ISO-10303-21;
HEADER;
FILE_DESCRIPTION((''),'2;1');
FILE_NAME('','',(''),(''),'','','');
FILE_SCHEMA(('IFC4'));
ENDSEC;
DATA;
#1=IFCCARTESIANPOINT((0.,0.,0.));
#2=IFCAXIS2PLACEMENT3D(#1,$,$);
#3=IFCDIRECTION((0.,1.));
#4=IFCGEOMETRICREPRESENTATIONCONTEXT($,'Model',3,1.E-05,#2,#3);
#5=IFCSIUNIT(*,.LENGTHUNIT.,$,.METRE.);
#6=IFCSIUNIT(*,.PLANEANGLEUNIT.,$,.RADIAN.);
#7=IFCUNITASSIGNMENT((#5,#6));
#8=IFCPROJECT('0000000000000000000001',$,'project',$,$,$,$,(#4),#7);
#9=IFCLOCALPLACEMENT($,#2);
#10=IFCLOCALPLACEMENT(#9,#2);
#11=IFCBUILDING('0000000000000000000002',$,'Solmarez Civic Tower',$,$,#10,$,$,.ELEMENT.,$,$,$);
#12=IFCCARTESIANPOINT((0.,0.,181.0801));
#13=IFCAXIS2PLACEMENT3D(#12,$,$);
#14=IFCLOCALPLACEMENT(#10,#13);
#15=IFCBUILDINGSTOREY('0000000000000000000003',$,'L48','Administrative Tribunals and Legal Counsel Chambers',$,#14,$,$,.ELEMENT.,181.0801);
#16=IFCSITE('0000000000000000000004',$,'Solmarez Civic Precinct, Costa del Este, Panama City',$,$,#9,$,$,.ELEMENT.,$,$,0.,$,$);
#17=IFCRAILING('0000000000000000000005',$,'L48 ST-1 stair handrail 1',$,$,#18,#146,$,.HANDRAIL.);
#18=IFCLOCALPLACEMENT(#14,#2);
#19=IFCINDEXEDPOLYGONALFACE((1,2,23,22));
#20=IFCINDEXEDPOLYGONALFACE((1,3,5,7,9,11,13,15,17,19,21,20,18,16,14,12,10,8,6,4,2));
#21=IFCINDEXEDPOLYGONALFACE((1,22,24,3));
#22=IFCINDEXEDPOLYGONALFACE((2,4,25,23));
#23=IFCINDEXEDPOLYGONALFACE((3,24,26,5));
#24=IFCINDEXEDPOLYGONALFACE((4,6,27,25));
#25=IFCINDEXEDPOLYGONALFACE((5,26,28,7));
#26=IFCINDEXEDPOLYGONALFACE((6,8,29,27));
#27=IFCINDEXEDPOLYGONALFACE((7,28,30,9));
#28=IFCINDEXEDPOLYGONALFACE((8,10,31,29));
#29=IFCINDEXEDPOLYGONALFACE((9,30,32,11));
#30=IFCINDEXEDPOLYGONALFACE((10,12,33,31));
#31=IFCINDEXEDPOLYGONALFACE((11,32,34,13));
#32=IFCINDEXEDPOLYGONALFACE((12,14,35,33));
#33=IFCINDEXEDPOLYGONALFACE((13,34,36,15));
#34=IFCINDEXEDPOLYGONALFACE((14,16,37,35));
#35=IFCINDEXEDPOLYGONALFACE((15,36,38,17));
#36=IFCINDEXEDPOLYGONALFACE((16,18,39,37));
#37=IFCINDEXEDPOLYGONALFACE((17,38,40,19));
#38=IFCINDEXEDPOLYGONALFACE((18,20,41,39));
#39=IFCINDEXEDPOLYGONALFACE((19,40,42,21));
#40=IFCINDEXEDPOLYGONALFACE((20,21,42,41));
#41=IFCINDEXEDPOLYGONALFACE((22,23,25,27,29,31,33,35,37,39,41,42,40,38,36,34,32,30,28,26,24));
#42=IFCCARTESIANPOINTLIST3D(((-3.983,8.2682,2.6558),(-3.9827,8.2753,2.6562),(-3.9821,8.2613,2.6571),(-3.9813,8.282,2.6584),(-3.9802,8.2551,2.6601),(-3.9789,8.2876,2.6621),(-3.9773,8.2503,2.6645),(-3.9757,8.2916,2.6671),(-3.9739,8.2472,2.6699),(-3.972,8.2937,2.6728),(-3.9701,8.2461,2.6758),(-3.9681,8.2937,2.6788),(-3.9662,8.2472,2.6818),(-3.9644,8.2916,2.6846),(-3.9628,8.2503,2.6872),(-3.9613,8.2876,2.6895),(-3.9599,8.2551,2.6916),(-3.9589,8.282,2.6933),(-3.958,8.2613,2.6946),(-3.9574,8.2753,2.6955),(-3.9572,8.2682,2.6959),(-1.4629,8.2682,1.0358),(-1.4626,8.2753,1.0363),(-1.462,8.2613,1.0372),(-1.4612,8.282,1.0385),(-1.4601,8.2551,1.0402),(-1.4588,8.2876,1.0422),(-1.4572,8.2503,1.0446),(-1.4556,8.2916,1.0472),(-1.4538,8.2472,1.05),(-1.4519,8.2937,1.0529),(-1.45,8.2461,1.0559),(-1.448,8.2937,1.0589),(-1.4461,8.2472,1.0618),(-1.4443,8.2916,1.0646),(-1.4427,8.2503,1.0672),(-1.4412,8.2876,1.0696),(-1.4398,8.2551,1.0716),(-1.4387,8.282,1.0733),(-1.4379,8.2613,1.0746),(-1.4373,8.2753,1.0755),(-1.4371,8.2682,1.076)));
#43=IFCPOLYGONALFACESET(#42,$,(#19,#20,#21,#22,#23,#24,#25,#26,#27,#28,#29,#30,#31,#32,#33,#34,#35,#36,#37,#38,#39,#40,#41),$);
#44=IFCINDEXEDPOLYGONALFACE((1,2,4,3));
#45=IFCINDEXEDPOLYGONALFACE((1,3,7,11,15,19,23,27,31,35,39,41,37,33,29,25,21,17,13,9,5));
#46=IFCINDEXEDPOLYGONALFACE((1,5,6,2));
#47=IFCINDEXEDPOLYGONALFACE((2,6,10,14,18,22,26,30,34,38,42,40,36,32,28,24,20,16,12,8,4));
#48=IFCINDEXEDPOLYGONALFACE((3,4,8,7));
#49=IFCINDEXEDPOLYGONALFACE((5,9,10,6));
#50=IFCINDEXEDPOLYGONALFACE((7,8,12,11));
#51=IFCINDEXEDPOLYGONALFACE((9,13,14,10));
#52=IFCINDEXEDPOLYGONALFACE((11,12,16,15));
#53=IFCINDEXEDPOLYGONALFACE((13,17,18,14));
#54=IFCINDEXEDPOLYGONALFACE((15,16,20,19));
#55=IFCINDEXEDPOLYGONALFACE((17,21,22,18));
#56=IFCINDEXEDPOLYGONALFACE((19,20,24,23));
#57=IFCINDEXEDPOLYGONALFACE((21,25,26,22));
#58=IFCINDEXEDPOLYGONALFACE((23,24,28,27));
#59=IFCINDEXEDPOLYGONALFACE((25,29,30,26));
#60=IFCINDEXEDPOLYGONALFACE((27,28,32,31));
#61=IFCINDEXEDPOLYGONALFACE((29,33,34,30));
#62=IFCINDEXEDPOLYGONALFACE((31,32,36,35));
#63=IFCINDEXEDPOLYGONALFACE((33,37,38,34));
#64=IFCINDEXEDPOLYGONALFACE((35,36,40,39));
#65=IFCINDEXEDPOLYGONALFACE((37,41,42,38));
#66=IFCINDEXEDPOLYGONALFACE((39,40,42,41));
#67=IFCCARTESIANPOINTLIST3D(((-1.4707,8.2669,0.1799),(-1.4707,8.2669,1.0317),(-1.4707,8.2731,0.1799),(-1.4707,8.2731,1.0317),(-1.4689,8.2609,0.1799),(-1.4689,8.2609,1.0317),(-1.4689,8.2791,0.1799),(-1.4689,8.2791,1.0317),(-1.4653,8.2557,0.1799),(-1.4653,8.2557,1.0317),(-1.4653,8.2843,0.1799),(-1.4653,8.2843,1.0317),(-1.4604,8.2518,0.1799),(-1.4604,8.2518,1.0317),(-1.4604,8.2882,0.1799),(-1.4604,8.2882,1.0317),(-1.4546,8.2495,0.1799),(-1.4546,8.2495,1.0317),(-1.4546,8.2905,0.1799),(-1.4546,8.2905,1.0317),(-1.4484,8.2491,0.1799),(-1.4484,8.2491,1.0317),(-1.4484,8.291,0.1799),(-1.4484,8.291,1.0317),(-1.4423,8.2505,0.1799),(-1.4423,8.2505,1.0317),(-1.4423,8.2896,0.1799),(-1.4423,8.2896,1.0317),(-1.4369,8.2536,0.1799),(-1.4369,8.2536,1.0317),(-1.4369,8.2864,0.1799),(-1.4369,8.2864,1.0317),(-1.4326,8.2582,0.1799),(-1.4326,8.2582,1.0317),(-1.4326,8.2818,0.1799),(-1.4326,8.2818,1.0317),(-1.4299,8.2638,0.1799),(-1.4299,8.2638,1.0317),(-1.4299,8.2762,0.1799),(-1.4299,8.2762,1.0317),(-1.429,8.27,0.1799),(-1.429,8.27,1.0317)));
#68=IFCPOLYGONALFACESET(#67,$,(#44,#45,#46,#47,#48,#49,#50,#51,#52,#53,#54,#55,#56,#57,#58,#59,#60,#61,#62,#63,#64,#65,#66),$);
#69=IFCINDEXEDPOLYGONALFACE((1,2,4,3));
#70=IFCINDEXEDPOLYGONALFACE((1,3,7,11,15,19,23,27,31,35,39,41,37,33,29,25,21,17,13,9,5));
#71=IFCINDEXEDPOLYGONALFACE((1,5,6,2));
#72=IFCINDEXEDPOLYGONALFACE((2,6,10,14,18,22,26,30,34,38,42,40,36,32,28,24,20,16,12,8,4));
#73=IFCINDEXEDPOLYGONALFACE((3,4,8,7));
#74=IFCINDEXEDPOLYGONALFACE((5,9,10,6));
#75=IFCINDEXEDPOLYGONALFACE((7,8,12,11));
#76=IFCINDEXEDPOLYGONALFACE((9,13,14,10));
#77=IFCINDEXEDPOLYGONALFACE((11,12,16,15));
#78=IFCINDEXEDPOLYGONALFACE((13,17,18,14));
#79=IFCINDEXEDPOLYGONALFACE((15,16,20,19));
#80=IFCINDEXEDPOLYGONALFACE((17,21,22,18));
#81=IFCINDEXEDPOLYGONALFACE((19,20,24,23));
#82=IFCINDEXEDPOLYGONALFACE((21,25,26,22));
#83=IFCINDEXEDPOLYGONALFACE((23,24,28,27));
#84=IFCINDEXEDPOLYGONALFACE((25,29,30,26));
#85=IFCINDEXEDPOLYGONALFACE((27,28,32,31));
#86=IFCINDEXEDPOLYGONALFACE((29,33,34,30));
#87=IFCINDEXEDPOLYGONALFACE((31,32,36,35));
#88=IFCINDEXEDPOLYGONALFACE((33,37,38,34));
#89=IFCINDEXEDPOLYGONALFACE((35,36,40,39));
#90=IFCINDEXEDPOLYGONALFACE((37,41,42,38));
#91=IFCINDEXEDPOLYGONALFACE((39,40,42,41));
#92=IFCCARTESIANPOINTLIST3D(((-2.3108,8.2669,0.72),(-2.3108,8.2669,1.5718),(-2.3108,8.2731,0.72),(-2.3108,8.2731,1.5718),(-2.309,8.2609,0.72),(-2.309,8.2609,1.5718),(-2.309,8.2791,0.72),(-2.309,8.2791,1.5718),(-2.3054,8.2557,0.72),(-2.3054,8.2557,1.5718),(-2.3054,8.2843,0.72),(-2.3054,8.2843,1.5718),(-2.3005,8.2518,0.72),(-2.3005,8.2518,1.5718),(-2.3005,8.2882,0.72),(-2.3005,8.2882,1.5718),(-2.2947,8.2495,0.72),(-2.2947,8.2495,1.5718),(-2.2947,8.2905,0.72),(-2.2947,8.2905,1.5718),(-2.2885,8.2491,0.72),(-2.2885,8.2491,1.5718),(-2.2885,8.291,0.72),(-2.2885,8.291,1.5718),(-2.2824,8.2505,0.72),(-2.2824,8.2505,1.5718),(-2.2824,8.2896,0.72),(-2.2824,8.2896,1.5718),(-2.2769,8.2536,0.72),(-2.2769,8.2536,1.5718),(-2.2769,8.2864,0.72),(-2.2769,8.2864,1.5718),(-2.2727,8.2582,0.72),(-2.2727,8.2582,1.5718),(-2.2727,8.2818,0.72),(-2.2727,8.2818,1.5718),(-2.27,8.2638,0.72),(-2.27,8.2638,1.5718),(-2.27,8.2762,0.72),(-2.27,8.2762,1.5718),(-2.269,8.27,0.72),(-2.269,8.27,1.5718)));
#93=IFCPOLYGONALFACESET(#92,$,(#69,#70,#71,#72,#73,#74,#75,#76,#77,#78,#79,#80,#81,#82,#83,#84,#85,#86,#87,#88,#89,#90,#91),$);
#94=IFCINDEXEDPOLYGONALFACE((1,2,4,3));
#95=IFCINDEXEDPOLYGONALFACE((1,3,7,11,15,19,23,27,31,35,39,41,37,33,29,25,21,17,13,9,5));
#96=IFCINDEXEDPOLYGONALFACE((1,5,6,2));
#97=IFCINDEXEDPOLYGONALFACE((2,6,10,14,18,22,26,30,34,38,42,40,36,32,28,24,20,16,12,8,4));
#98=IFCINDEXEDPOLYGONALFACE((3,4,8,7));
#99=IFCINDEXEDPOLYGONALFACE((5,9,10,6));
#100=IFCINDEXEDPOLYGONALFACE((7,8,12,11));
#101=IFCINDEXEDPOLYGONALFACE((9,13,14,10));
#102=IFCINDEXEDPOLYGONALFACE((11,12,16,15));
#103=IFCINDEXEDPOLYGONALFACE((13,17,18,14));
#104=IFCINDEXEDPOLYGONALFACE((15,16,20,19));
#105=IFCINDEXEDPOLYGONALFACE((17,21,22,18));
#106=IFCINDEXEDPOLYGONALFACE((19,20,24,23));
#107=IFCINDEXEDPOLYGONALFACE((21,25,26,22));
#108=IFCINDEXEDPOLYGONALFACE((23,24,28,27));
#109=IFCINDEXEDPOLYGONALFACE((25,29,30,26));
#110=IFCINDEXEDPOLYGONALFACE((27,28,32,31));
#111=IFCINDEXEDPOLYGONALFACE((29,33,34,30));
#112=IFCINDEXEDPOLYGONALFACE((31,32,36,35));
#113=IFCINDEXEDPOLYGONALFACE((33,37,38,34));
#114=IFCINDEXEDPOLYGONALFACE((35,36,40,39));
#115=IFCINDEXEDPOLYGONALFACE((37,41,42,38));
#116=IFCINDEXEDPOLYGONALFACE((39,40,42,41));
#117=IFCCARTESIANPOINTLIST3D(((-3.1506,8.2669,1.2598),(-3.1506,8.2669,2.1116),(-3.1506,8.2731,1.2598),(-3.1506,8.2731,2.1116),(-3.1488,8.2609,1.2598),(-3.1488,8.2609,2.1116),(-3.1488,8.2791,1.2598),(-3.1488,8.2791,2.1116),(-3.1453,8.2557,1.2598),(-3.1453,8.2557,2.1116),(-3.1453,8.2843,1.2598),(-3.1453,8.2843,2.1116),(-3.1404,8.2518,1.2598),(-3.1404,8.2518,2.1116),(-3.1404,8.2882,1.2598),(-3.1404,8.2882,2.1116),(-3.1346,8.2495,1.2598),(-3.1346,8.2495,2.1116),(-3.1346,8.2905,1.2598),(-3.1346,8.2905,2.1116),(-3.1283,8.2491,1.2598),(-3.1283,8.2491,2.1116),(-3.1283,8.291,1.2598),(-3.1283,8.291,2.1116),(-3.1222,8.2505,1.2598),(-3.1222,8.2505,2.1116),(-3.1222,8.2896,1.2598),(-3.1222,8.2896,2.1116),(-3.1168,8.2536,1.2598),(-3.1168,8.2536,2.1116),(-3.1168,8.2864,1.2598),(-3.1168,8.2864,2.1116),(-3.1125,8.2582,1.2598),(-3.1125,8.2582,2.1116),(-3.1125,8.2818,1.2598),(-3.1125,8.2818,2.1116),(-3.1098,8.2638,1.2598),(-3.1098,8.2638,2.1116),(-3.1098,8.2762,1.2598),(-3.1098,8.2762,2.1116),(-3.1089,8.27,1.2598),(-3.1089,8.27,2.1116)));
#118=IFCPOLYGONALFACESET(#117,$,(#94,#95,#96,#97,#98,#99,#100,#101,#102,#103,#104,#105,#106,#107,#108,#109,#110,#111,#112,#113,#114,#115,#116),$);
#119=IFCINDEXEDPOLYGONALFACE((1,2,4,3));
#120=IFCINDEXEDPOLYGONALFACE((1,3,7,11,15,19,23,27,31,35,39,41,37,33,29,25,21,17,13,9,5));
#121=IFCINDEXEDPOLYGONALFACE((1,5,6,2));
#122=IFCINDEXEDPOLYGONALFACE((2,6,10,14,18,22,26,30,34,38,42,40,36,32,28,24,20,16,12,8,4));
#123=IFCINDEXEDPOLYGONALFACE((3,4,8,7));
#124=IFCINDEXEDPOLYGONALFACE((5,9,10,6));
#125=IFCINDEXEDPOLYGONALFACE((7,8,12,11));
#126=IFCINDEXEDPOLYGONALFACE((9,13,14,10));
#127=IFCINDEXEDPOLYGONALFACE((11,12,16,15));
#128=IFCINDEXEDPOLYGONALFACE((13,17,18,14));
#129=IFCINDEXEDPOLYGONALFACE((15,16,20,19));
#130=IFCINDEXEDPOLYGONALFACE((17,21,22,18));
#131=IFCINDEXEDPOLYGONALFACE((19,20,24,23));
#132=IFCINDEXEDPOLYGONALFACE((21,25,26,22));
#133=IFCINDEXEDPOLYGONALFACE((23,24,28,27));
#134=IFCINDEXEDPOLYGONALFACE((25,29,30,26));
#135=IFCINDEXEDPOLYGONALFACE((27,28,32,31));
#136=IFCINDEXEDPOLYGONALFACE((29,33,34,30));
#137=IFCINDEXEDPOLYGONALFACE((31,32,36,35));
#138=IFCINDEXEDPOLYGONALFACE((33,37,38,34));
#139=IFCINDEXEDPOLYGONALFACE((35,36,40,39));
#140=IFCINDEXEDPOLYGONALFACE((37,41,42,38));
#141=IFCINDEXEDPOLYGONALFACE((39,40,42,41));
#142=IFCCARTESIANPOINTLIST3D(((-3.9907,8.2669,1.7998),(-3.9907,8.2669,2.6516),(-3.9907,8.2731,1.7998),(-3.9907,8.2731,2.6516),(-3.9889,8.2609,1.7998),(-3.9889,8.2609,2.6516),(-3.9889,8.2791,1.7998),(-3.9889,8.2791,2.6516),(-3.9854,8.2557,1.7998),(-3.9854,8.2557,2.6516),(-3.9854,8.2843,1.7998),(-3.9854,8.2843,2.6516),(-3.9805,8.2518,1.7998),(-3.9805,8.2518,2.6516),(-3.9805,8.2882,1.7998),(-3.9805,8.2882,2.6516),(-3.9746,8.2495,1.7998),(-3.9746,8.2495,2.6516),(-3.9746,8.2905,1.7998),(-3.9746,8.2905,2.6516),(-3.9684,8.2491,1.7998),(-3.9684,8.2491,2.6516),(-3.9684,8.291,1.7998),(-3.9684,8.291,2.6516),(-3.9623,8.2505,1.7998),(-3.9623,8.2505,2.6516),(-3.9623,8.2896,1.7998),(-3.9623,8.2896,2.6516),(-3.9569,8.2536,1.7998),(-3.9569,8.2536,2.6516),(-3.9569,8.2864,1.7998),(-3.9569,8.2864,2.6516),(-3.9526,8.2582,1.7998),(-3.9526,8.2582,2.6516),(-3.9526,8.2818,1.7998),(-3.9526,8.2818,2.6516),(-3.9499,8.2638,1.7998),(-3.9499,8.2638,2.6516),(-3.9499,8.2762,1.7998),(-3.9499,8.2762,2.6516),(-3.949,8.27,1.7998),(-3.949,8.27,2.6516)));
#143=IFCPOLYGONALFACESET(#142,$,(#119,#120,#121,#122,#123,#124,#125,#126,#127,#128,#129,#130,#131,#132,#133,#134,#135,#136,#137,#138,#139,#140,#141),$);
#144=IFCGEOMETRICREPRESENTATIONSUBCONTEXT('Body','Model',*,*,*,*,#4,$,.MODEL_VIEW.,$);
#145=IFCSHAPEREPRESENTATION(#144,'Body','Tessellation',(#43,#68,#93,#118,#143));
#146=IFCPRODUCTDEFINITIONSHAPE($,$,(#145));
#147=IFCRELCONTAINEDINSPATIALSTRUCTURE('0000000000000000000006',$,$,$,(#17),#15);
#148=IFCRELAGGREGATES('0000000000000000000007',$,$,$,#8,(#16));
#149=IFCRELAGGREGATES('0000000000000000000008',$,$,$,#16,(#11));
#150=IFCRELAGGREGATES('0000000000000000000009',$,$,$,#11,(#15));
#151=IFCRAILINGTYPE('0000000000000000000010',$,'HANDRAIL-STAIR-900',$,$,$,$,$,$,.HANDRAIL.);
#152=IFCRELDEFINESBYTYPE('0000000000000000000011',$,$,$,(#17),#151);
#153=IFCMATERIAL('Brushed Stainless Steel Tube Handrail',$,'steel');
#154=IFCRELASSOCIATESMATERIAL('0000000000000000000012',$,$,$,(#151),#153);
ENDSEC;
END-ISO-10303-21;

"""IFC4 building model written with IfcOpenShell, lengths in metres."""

from ifc_helpers import new_model, si_unit, direction, frame, origin, origin_2d, place, context, subcontext, project, spatial, circle, extrude, material, type_object, element, save


model = new_model("IFC4")

# Units and contexts
model_context = context("Model", 3, precision=1e-05, world=origin(), true_north=direction((0.0, 1.0)))
body_context = subcontext(model_context, "Body", "Model", "MODEL_VIEW")
ifc_project = project(units=[si_unit("LENGTHUNIT", "METRE"), si_unit("PLANEANGLEUNIT", "RADIAN")], contexts=[model_context])

# Site, building, storey
site_placement = place(None, origin())
site = spatial("IfcSite", under=ifc_project, at=site_placement, Name="Solmarez Civic Precinct, Costa del Este, Panama City", CompositionType="ELEMENT", RefElevation=0.0)
building_placement = place(site_placement, origin())
building = spatial("IfcBuilding", under=site, at=building_placement, Name="Solmarez Civic Tower", CompositionType="ELEMENT")
storey_placement = place(building_placement, frame((0.0, 0.0, 181.0801)))
storey = spatial("IfcBuildingStorey", under=building, at=storey_placement, Name="L48", Description="Administrative Tribunals and Legal Counsel Chambers", CompositionType="ELEMENT", Elevation=181.0801)

# Railing
ifc_material_1 = material(Name="Brushed Stainless Steel Tube Handrail", Category="steel")
railing_type = type_object("IfcRailingType", Name="HANDRAIL-STAIR-900", PredefinedType="HANDRAIL", material=ifc_material_1)
railing_placement = place(storey_placement, frame((-1.45, 8.27, 0.1799)))
element("IfcRailing", 1, at=railing_placement, inside=storey, type_object=railing_type, Name="L48 ST-1 stair handrail 1", PredefinedType="HANDRAIL", context=body_context, shape_type="SweptSolid", body=[
    extrude(circle(Radius=0.0239, at=origin_2d()), frame((0.0, 0.0, 0.876), z_axis=(-0.8412, 0.0, 0.540725), x_axis=(0.0, -1.0, 0.0)), (0.0, 0.0, 1.0), 2.9958),
    extrude(circle(Radius=0.021, at=origin_2d()), origin(), (0.0, 0.0, 1.0), 0.8518),
    extrude(circle(Radius=0.021, at=origin_2d()), frame((-0.8401, 0.0, 0.54)), (0.0, 0.0, 1.0), 0.8518),
    extrude(circle(Radius=0.021, at=origin_2d()), frame((-1.6799, 0.0, 1.0798)), (0.0, 0.0, 1.0), 0.8518),
    extrude(circle(Radius=0.021, at=origin_2d()), frame((-2.52, 0.0, 1.6199)), (0.0, 0.0, 1.0), 0.8518),
])

save(model, "model.ifc")
